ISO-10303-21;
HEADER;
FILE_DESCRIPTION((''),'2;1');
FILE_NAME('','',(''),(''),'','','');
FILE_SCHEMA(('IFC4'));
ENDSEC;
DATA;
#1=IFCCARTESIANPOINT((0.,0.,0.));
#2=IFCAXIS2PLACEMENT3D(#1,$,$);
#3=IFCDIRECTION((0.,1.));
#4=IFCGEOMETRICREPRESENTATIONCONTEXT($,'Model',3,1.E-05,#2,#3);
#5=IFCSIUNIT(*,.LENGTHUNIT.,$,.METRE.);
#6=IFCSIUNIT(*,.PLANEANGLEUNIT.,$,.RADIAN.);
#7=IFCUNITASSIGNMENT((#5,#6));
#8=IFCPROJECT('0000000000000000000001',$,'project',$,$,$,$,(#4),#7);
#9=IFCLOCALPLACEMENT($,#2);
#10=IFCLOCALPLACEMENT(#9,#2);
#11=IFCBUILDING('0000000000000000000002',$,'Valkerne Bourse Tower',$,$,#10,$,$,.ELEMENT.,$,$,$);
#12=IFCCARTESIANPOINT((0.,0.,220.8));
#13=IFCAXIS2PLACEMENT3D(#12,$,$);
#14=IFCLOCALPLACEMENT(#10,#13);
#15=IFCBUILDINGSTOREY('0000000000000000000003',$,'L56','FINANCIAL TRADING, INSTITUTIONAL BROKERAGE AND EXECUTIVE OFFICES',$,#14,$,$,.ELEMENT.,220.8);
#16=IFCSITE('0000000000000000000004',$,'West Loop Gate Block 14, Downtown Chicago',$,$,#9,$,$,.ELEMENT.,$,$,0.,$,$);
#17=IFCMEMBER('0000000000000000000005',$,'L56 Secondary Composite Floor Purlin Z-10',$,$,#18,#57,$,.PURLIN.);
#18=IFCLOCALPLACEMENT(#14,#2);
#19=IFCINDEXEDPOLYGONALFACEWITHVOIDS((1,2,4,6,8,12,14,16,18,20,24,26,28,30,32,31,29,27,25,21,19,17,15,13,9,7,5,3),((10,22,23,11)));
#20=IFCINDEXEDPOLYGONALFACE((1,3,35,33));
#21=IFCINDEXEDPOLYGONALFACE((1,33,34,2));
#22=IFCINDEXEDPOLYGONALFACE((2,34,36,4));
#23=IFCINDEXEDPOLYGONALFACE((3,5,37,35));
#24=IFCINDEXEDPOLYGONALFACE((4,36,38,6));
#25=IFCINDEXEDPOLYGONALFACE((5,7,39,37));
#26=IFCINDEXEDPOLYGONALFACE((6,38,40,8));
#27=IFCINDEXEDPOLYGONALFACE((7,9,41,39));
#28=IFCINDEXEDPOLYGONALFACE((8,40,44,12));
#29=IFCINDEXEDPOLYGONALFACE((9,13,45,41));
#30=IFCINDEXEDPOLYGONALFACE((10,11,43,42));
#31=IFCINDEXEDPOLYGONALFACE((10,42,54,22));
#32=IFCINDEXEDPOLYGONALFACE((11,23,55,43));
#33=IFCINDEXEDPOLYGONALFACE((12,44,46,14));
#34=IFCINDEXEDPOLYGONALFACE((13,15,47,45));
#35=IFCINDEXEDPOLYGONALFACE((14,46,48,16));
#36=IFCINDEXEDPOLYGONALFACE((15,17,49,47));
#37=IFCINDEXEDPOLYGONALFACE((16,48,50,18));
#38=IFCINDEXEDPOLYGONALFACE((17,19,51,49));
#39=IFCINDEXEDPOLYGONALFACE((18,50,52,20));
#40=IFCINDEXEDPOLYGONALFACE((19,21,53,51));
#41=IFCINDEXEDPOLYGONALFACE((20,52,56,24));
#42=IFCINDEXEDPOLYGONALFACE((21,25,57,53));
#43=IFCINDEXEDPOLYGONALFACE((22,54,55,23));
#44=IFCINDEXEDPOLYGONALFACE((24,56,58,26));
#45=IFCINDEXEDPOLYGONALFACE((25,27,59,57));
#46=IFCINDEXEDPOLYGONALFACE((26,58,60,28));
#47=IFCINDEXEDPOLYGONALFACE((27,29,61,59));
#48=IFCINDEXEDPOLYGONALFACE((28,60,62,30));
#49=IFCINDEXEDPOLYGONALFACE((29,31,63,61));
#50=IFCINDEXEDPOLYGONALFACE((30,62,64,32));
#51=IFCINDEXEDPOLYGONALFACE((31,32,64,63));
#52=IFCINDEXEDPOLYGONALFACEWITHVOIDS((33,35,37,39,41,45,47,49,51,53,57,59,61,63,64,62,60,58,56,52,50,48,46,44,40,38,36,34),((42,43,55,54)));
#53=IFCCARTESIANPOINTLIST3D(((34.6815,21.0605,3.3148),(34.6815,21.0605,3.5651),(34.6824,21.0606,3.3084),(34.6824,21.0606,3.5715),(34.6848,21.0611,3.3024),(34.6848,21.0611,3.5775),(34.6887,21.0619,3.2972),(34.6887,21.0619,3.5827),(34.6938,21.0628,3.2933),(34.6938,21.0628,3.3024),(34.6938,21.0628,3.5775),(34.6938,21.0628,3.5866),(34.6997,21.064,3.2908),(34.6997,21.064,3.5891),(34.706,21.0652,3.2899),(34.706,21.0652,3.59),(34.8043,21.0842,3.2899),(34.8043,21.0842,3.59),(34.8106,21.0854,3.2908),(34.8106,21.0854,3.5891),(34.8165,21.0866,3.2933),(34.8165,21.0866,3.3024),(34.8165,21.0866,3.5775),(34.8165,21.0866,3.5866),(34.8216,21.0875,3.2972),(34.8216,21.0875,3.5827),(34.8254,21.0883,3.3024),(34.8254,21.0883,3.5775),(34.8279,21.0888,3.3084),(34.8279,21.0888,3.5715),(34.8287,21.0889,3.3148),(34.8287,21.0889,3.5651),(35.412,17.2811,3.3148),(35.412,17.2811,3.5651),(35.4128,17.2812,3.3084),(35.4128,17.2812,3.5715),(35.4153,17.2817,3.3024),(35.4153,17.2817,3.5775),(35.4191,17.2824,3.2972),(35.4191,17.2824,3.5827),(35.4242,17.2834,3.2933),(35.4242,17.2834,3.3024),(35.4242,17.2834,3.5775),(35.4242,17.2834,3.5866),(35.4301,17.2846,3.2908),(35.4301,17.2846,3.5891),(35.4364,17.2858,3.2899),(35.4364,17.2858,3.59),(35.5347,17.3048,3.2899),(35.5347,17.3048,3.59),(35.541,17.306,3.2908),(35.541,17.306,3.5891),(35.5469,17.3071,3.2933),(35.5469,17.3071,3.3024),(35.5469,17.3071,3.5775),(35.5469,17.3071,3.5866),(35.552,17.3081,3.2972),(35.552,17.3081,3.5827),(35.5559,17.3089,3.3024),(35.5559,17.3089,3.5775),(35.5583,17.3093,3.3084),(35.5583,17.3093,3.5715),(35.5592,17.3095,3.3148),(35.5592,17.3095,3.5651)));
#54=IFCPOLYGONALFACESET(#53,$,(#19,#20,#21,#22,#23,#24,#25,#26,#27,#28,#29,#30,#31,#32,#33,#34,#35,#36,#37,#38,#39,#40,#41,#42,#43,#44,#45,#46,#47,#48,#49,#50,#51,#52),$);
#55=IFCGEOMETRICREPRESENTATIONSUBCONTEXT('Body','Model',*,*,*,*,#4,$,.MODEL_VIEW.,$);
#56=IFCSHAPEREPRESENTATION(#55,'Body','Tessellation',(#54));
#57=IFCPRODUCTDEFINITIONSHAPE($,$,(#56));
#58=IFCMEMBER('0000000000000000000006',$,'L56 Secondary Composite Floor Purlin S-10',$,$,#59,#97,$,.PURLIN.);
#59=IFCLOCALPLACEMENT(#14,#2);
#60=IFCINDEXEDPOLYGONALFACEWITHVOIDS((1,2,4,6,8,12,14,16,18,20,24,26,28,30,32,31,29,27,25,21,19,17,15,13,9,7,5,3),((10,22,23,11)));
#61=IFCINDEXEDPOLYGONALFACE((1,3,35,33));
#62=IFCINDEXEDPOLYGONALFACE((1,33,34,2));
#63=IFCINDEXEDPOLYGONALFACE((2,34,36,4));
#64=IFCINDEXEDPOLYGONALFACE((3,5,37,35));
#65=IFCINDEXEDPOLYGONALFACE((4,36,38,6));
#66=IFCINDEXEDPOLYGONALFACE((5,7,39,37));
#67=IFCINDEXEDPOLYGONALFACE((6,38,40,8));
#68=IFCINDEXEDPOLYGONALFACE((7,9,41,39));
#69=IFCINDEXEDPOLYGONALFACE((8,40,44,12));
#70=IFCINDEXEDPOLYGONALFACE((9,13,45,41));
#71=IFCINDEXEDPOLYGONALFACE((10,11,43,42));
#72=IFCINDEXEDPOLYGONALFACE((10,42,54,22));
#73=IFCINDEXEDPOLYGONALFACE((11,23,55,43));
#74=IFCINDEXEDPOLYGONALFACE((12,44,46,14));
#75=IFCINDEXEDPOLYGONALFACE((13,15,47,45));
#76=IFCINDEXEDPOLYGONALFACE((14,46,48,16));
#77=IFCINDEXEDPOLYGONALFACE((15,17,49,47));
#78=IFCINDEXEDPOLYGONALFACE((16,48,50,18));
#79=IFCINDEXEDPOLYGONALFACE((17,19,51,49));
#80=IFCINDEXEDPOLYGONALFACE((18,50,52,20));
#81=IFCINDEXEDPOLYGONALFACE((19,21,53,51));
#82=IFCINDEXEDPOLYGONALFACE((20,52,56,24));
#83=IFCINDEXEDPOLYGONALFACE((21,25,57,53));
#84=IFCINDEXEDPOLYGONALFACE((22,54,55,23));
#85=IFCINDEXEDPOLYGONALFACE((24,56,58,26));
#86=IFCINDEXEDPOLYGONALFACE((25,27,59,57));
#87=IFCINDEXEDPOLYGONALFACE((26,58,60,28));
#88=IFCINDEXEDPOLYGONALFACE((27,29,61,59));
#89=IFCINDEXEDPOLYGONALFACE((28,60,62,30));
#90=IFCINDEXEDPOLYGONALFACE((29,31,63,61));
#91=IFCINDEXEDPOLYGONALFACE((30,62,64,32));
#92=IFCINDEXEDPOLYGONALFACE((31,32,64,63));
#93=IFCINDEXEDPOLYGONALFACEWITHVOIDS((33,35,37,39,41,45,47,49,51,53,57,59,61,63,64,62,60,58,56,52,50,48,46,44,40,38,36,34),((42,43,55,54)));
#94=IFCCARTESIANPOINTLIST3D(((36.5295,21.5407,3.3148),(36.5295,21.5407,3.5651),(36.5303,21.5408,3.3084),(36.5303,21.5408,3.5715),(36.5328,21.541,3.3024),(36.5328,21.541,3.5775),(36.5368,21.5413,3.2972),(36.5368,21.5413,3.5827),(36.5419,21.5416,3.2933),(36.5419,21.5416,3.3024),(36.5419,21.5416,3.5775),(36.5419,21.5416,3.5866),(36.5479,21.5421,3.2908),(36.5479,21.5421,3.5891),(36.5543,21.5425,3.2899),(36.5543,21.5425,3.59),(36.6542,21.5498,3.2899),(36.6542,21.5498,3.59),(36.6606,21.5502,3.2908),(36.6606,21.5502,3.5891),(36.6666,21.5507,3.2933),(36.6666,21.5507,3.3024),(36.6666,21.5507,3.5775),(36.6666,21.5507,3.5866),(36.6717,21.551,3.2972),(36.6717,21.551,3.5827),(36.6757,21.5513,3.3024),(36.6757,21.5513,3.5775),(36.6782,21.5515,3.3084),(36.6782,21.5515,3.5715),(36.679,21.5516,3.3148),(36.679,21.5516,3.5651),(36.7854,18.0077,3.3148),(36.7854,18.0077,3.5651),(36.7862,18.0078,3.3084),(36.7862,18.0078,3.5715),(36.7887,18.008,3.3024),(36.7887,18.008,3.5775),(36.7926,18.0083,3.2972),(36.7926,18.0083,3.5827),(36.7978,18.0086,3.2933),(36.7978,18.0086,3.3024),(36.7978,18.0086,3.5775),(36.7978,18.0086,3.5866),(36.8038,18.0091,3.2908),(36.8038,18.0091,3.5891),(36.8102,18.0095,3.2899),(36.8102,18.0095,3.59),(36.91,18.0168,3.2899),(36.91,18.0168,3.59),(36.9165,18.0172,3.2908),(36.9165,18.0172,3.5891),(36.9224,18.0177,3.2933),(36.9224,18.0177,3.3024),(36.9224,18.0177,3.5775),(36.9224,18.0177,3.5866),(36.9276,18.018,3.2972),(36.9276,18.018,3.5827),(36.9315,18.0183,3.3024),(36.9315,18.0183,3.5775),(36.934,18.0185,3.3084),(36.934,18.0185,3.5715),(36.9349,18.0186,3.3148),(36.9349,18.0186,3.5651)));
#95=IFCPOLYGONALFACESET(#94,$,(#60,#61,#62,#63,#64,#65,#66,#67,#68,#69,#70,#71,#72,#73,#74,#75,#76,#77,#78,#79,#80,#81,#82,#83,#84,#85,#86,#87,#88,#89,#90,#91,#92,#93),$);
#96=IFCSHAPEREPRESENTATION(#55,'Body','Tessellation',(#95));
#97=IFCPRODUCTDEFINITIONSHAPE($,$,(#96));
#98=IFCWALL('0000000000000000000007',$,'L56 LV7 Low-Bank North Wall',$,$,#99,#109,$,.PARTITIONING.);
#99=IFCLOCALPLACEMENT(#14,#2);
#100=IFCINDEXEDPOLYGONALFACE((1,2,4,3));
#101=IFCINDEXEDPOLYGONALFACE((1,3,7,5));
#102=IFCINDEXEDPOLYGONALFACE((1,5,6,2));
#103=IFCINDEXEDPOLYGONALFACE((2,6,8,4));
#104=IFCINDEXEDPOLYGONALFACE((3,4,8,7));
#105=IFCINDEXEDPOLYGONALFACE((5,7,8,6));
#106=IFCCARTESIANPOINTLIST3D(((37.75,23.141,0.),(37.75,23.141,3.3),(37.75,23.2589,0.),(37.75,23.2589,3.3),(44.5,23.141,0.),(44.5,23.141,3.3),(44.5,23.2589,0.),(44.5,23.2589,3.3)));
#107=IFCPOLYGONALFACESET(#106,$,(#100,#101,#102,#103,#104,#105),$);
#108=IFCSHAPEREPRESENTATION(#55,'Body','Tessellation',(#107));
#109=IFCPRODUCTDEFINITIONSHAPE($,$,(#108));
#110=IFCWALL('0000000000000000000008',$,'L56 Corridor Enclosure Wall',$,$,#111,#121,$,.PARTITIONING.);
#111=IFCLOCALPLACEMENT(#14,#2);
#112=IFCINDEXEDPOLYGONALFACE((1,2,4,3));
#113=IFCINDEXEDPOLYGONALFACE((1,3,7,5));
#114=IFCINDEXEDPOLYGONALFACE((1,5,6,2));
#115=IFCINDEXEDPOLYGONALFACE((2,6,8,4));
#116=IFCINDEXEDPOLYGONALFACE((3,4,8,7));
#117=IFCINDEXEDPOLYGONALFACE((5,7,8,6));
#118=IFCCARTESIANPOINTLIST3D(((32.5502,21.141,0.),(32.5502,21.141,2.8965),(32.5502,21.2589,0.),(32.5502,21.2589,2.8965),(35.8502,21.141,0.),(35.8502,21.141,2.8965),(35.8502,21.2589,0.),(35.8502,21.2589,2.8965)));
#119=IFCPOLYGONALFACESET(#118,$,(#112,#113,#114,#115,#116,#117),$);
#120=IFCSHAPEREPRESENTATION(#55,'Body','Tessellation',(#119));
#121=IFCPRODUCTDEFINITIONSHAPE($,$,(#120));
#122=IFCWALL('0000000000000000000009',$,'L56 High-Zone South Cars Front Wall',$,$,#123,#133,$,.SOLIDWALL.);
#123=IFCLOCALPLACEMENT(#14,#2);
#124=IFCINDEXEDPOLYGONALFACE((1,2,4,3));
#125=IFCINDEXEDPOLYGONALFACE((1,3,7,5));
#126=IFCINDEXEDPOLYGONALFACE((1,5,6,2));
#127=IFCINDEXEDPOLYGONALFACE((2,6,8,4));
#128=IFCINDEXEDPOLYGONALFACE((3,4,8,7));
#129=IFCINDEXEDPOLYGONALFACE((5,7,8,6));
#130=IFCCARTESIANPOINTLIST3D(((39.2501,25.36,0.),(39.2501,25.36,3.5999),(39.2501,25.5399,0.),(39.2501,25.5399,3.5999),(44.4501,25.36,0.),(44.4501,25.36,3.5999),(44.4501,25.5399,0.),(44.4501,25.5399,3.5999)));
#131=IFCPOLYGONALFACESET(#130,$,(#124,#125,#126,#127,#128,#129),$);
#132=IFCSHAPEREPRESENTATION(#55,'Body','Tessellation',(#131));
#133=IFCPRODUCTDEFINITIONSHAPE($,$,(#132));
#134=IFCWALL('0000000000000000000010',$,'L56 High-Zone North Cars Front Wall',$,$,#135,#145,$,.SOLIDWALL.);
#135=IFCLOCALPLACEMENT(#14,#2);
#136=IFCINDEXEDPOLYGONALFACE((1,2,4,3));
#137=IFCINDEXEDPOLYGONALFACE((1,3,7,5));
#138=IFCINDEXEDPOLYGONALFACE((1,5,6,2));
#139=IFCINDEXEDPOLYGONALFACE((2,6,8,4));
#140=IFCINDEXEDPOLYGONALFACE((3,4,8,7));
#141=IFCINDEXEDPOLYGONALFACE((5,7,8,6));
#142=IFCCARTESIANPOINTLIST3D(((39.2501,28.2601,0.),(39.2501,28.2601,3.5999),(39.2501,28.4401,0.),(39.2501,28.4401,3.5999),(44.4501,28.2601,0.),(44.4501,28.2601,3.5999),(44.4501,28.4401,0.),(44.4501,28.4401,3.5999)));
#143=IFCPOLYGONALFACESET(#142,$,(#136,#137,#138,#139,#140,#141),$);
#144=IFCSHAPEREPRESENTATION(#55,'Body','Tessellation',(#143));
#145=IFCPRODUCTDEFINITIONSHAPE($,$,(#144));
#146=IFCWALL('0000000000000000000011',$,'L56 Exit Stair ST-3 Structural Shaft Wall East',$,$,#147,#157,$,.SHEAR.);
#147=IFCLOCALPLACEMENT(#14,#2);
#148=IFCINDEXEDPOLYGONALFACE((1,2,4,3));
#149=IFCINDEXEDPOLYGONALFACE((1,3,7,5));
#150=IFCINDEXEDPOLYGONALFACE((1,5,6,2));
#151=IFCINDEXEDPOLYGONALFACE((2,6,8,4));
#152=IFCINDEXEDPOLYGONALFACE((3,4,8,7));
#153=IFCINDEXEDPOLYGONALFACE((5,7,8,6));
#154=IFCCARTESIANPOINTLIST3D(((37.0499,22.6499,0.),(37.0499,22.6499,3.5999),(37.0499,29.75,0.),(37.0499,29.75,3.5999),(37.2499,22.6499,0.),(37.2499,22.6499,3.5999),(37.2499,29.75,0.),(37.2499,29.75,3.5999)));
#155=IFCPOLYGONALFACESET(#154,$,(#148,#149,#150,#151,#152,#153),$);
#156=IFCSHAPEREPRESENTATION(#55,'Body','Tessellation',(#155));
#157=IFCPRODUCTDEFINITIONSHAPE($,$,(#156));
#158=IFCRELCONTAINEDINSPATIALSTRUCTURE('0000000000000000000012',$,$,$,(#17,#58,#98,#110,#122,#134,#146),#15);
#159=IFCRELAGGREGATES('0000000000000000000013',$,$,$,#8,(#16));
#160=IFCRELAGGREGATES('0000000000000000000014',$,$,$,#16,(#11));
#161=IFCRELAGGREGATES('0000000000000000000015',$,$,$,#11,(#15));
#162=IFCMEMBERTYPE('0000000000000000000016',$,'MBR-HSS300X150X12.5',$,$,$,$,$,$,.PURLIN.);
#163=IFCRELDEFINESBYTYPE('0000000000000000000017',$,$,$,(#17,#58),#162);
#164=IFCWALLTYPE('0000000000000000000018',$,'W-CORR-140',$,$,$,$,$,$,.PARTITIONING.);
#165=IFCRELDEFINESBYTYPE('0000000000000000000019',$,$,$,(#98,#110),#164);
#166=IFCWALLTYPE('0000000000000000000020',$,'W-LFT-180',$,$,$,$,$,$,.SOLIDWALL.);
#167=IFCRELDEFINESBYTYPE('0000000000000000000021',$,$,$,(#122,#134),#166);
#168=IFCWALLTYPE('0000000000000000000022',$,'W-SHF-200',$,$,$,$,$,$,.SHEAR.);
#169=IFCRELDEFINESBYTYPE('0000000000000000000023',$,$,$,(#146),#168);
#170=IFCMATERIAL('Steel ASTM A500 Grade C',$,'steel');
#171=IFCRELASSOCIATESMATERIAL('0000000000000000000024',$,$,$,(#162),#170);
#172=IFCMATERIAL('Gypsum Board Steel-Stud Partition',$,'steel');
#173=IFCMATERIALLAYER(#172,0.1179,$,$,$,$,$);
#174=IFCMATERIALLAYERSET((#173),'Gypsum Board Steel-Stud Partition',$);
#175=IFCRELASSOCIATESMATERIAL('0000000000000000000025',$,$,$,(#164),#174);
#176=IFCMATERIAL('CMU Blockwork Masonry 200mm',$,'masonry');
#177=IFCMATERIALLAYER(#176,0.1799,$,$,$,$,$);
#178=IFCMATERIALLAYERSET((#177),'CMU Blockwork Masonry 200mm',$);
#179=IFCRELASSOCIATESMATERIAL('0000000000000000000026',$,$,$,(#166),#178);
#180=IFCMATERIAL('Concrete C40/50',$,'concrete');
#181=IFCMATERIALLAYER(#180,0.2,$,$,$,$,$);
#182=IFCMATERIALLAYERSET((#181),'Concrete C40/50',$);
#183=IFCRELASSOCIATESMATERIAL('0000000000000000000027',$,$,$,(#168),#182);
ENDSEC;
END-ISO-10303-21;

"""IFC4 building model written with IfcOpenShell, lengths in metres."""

from ifc_helpers import new_model, si_unit, direction, frame, frame_2d, origin, origin_2d, place, context, subcontext, project, spatial, rectangle, hollow_rectangle, extrude, material, layer, layer_set, material_profile, profile_set, type_object, element, save


model = new_model("IFC4")

# Units and contexts
model_context = context("Model", 3, precision=1e-05, world=origin(), true_north=direction((0.0, 1.0)))
body_context = subcontext(model_context, "Body", "Model", "MODEL_VIEW")
ifc_project = project(units=[si_unit("LENGTHUNIT", "METRE"), si_unit("PLANEANGLEUNIT", "RADIAN")], contexts=[model_context])

# Site, building, storey
site_placement = place(None, origin())
site = spatial("IfcSite", under=ifc_project, at=site_placement, Name="West Loop Gate Block 14, Downtown Chicago", CompositionType="ELEMENT", RefElevation=0.0)
building_placement = place(site_placement, origin())
building = spatial("IfcBuilding", under=site, at=building_placement, Name="Valkerne Bourse Tower", CompositionType="ELEMENT")
storey_placement = place(building_placement, frame((0.0, 0.0, 220.8)))
storey = spatial("IfcBuildingStorey", under=building, at=storey_placement, Name="L56", Description="FINANCIAL TRADING, INSTITUTIONAL BROKERAGE AND EXECUTIVE OFFICES", CompositionType="ELEMENT", Elevation=220.8)

# Members
ifc_material_1 = material(Name="Steel ASTM A500 Grade C", Category="steel")
ifc_material_profile_1 = material_profile(ifc_material_1, hollow_rectangle(XDim=0.1499, YDim=0.3, WallThickness=0.0125, OuterFilletRadius=0.0249, at=origin_2d()), Name="HSS300X150X12.5")
ifc_profile_set_1 = profile_set([ifc_material_profile_1], Name="Steel ASTM A500 Grade C")
member_type = type_object("IfcMemberType", Name="MBR-HSS300X150X12.5", PredefinedType="PURLIN", material=ifc_profile_set_1)
member_1_placement = place(storey_placement, frame((34.7551, 21.0747, 3.4399), z_axis=(0.189758, -0.981831, 0.0), x_axis=(0.981831, 0.189758, 0.0)))
element("IfcMember", 1, at=member_1_placement, inside=storey, type_object=member_type, Name="L56 Secondary Composite Floor Purlin Z-10", PredefinedType="PURLIN", context=body_context, shape_type="SweptSolid", body=[
    extrude(hollow_rectangle(XDim=0.1499, YDim=0.3, WallThickness=0.0125, OuterFilletRadius=0.0249, at=origin_2d()), origin(), (0.0, 0.0, 1.0), 3.8494),
])
member_2_placement = place(storey_placement, frame((36.6042, 21.5461, 3.4399), z_axis=(0.072232, -0.997388, 0.0), x_axis=(0.997388, 0.072232, 0.0)))
element("IfcMember", 2, at=member_2_placement, inside=storey, type_object=member_type, Name="L56 Secondary Composite Floor Purlin S-10", PredefinedType="PURLIN", context=body_context, shape_type="SweptSolid", body=[
    extrude(hollow_rectangle(XDim=0.1499, YDim=0.3, WallThickness=0.0125, OuterFilletRadius=0.0249, at=origin_2d()), origin(), (0.0, 0.0, 1.0), 3.5422),
])

# Walls
ifc_material_2 = material(Name="Gypsum Board Steel-Stud Partition", Category="steel")
ifc_layer_1 = layer(ifc_material_2, 0.1179)
ifc_layer_set_1 = layer_set([ifc_layer_1], Name="Gypsum Board Steel-Stud Partition")
wall_type_1 = type_object("IfcWallType", Name="W-CORR-140", PredefinedType="PARTITIONING", material=ifc_layer_set_1)
wall_1_placement = place(storey_placement, frame((37.75, 23.2, 0.0), z_axis=(0.0, 0.0, 1.0), x_axis=(1.0, 0.0, 0.0)))
element("IfcWall", 3, at=wall_1_placement, inside=storey, type_object=wall_type_1, Name="L56 LV7 Low-Bank North Wall", PredefinedType="PARTITIONING", context=body_context, shape_type="SweptSolid", body=[
    extrude(rectangle(XDim=6.75, YDim=0.1179, at=frame_2d((3.375, 0.0))), origin(), (0.0, 0.0, 1.0), 3.3),
])
wall_2_placement = place(storey_placement, frame((35.8501, 21.2, 0.0), z_axis=(0.0, 0.0, 1.0), x_axis=(-1.0, 0.0, 0.0)))
element("IfcWall", 4, at=wall_2_placement, inside=storey, type_object=wall_type_1, Name="L56 Corridor Enclosure Wall", PredefinedType="PARTITIONING", context=body_context, shape_type="SweptSolid", body=[
    extrude(rectangle(XDim=3.3, YDim=0.1179, at=frame_2d((1.6499, 0.0))), origin(), (0.0, 0.0, 1.0), 2.8965),
])
ifc_material_3 = material(Name="CMU Blockwork Masonry 200mm", Category="masonry")
ifc_layer_2 = layer(ifc_material_3, 0.1799)
ifc_layer_set_2 = layer_set([ifc_layer_2], Name="CMU Blockwork Masonry 200mm")
wall_type_2 = type_object("IfcWallType", Name="W-LFT-180", PredefinedType="SOLIDWALL", material=ifc_layer_set_2)
for number, where, z_axis, x_axis, name in (
    (5, (39.25, 25.45, 0.0), (0.0, 0.0, 1.0), (1.0, 0.0, 0.0), "L56 High-Zone South Cars Front Wall"),
    (6, (39.25, 28.3501, 0.0), (0.0, 0.0, 1.0), (1.0, 0.0, 0.0), "L56 High-Zone North Cars Front Wall"),
):
    element("IfcWall", number, at=place(storey_placement, frame(where, z_axis=z_axis, x_axis=x_axis)), inside=storey, type_object=wall_type_2, Name=name, PredefinedType="SOLIDWALL", context=body_context, shape_type="SweptSolid", body=[
        extrude(rectangle(XDim=5.2, YDim=0.1799, at=frame_2d((2.6001, 0.0))), origin(), (0.0, 0.0, 1.0), 3.5999),
    ])
ifc_material_4 = material(Name="Concrete C40/50", Category="concrete")
ifc_layer_3 = layer(ifc_material_4, 0.2)
ifc_layer_set_3 = layer_set([ifc_layer_3], Name="Concrete C40/50")
wall_type_3 = type_object("IfcWallType", Name="W-SHF-200", PredefinedType="SHEAR", material=ifc_layer_set_3)
wall_3_placement = place(storey_placement, frame((37.1499, 22.6499, 0.0), z_axis=(0.0, 0.0, 1.0), x_axis=(0.0, 1.0, 0.0)))
element("IfcWall", 7, at=wall_3_placement, inside=storey, type_object=wall_type_3, Name="L56 Exit Stair ST-3 Structural Shaft Wall East", PredefinedType="SHEAR", context=body_context, shape_type="SweptSolid", body=[
    extrude(rectangle(XDim=7.1001, YDim=0.2, at=frame_2d((3.55, 0.0))), origin(), (0.0, 0.0, 1.0), 3.5999),
])

save(model, "model.ifc")
